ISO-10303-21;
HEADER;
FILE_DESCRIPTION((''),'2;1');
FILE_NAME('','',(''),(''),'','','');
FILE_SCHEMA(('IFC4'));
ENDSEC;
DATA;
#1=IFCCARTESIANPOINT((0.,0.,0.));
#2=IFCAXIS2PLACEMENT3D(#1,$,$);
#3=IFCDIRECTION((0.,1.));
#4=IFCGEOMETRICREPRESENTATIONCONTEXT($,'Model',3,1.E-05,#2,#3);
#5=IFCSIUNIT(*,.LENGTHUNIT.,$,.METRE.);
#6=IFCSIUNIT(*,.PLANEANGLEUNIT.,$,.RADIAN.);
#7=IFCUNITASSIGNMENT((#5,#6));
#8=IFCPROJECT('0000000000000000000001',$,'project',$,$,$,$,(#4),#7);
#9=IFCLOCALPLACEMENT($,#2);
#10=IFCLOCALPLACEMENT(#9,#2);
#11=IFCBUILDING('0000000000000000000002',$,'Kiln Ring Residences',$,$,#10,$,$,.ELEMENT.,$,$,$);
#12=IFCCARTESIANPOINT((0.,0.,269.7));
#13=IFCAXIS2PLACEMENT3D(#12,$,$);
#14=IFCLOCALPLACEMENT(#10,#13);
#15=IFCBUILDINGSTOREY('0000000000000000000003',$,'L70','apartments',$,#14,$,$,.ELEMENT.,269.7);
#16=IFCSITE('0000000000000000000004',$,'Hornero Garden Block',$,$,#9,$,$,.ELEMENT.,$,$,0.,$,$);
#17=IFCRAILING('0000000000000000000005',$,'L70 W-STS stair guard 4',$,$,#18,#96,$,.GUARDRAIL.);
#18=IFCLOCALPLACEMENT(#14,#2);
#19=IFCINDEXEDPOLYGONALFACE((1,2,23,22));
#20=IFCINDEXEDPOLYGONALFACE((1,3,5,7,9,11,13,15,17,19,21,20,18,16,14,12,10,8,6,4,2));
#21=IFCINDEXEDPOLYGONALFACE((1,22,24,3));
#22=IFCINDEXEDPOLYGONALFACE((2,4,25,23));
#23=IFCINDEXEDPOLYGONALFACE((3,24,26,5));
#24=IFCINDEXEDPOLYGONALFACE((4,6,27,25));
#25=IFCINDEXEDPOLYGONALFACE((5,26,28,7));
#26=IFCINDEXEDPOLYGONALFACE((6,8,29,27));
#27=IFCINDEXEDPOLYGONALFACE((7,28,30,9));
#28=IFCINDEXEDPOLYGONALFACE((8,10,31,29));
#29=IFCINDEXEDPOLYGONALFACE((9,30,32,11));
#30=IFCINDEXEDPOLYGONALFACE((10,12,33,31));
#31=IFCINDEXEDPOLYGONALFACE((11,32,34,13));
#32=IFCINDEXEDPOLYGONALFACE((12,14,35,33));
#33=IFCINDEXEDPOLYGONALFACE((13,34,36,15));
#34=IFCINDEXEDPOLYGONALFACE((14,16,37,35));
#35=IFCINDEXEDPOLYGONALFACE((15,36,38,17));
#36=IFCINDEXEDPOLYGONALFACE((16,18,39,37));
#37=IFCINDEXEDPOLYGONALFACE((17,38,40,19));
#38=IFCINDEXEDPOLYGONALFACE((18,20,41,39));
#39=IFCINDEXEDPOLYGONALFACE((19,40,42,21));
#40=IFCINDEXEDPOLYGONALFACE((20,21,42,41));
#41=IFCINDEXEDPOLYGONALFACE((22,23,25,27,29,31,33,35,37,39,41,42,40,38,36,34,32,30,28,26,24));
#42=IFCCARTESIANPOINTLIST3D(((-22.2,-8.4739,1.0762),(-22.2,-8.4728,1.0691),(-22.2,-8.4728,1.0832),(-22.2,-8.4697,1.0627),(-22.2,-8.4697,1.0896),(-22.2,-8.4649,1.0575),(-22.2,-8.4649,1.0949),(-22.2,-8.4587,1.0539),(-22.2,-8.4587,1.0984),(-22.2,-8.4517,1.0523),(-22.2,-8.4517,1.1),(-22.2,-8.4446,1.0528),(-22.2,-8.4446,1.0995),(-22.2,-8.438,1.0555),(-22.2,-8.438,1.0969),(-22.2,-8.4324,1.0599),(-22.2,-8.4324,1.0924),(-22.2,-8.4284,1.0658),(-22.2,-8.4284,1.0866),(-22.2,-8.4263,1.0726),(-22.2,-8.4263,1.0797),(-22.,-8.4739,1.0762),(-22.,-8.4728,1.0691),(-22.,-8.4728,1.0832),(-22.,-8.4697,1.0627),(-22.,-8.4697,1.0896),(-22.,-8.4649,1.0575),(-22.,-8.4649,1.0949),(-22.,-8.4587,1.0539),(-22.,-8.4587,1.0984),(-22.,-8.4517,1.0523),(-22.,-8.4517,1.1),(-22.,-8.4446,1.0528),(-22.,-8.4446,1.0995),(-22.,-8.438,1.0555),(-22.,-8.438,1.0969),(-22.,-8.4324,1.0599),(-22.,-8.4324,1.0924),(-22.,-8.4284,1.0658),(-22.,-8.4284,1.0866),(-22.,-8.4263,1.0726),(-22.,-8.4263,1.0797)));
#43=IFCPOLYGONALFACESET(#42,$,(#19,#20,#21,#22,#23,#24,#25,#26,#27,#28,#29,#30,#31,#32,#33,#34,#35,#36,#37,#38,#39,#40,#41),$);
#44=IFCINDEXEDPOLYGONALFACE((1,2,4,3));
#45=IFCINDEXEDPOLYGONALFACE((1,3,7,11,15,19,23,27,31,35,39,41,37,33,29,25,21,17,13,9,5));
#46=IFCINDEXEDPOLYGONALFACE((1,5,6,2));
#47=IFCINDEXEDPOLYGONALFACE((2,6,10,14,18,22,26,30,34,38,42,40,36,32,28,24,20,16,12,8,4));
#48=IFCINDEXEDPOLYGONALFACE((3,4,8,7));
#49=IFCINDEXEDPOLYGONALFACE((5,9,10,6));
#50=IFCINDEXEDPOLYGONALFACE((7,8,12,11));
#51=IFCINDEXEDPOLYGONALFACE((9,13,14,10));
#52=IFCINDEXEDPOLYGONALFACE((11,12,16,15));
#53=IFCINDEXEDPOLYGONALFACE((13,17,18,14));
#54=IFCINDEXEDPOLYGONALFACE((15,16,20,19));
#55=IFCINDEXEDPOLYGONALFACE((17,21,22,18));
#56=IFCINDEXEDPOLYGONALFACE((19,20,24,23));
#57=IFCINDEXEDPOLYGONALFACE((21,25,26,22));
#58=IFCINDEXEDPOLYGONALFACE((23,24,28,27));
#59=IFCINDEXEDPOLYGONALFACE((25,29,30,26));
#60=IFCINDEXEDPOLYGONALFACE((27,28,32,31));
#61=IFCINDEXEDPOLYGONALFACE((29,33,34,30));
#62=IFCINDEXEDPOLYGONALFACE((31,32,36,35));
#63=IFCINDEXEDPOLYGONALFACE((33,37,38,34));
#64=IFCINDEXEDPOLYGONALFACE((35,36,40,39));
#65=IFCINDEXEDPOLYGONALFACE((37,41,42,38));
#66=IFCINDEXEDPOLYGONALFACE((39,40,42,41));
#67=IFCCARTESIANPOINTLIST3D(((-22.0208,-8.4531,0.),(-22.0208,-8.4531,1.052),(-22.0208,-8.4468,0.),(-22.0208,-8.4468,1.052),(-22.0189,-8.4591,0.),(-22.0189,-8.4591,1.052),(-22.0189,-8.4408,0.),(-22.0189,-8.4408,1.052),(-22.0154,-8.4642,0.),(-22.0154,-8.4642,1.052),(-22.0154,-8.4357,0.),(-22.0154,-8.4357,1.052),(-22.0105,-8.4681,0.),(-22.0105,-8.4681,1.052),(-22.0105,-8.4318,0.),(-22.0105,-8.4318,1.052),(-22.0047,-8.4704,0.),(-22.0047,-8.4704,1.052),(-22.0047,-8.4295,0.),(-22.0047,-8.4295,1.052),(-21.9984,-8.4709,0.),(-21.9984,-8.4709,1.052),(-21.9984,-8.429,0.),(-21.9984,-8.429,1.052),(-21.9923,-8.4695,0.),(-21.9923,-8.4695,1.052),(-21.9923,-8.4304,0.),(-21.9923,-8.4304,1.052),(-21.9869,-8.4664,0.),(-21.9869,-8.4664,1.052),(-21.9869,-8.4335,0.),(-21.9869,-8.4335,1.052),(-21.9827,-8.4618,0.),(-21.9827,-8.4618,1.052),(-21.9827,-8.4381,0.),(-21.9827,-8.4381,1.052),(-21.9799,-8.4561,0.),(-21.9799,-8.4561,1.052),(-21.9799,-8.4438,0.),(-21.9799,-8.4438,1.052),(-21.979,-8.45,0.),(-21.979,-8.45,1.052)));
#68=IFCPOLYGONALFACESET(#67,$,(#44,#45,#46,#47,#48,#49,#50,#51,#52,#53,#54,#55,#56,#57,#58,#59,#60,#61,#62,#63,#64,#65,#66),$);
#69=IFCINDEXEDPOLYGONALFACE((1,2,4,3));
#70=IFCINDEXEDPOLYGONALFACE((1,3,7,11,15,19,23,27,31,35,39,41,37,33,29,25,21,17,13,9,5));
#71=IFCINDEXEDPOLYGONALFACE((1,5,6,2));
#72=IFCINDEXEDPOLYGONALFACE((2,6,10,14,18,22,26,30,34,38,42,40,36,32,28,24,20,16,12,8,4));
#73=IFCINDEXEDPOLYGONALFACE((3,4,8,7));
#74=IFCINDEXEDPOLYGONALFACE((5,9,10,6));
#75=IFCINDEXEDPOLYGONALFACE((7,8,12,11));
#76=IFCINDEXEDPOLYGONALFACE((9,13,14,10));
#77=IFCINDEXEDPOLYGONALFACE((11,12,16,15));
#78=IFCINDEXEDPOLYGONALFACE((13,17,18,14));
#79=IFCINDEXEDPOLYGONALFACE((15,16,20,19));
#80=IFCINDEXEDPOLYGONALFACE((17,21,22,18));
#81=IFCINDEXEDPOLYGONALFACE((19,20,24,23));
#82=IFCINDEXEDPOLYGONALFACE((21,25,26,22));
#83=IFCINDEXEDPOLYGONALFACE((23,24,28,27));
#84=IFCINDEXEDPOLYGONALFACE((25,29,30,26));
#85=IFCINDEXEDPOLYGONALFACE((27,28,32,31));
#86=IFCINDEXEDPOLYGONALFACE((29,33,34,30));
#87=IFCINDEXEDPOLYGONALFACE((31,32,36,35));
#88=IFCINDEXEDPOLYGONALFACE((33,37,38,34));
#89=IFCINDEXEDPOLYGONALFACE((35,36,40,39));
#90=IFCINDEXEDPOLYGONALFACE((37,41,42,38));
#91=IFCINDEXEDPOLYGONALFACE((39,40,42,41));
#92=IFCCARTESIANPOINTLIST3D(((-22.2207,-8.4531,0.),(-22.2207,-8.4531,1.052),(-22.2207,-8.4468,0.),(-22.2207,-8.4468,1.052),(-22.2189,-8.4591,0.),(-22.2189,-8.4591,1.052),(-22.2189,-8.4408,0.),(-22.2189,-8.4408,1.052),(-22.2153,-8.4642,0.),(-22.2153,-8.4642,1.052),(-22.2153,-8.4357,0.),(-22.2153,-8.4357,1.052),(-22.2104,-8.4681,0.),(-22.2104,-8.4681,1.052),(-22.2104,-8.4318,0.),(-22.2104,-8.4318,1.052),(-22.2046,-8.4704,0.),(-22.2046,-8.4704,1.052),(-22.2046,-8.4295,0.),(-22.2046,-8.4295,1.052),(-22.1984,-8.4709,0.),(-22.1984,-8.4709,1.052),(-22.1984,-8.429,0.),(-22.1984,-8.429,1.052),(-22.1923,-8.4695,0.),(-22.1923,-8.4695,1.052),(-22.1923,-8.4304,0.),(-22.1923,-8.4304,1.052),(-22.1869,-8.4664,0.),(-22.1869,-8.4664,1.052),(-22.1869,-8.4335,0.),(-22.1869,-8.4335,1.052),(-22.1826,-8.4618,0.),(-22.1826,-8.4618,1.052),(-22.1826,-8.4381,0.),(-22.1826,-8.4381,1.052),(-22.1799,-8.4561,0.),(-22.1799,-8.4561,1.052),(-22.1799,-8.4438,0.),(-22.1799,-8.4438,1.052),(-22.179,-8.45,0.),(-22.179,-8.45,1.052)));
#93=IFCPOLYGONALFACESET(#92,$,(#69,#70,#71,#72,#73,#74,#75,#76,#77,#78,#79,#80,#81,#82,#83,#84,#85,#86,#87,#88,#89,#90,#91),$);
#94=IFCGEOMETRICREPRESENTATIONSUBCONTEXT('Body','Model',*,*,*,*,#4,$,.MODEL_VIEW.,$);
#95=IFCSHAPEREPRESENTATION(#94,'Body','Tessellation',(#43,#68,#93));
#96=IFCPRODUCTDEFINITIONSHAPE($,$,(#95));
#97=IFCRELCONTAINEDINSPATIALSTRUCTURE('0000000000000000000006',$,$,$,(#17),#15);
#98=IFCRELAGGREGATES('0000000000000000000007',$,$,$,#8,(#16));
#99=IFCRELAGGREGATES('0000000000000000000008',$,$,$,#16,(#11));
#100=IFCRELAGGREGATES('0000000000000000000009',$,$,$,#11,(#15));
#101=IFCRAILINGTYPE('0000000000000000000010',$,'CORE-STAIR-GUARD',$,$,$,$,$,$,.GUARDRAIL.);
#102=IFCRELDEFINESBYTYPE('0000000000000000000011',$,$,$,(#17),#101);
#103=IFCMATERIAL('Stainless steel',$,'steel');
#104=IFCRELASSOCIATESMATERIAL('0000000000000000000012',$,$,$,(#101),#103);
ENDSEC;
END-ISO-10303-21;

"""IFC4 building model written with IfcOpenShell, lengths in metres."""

from ifc_helpers import new_model, si_unit, direction, frame, origin, origin_2d, place, context, subcontext, project, spatial, circle, extrude, material, type_object, element, save


model = new_model("IFC4")

# Units and contexts
model_context = context("Model", 3, precision=1e-05, world=origin(), true_north=direction((0.0, 1.0)))
body_context = subcontext(model_context, "Body", "Model", "MODEL_VIEW")
ifc_project = project(units=[si_unit("LENGTHUNIT", "METRE"), si_unit("PLANEANGLEUNIT", "RADIAN")], contexts=[model_context])

# Site, building, storey
site_placement = place(None, origin())
site = spatial("IfcSite", under=ifc_project, at=site_placement, Name="Hornero Garden Block", CompositionType="ELEMENT", RefElevation=0.0)
building_placement = place(site_placement, origin())
building = spatial("IfcBuilding", under=site, at=building_placement, Name="Kiln Ring Residences", CompositionType="ELEMENT")
storey_placement = place(building_placement, frame((0.0, 0.0, 269.7)))
storey = spatial("IfcBuildingStorey", under=building, at=storey_placement, Name="L70", Description="apartments", CompositionType="ELEMENT", Elevation=269.7)

# Railing
ifc_material_1 = material(Name="Stainless steel", Category="steel")
railing_type_1 = type_object("IfcRailingType", Name="CORE-STAIR-GUARD", PredefinedType="GUARDRAIL", material=ifc_material_1)
railing_1_placement = place(storey_placement, frame((-22.0, -8.45, 0.0)))
element("IfcRailing", 1, at=railing_1_placement, inside=storey, type_object=railing_type_1, Name="L70 W-STS stair guard 4", PredefinedType="GUARDRAIL", context=body_context, shape_type="SweptSolid", body=[
    extrude(circle(Radius=0.0239, at=origin_2d()), frame((0.0, 0.0, 1.0762), z_axis=(-1.0, 0.0, 0.0), x_axis=(0.0, -1.0, 0.0)), (0.0, 0.0, 1.0), 0.2),
    extrude(circle(Radius=0.021, at=origin_2d()), origin(), (0.0, 0.0, 1.0), 1.052),
    extrude(circle(Radius=0.021, at=origin_2d()), frame((-0.2, 0.0, 0.0)), (0.0, 0.0, 1.0), 1.052),
])

save(model, "model.ifc")
